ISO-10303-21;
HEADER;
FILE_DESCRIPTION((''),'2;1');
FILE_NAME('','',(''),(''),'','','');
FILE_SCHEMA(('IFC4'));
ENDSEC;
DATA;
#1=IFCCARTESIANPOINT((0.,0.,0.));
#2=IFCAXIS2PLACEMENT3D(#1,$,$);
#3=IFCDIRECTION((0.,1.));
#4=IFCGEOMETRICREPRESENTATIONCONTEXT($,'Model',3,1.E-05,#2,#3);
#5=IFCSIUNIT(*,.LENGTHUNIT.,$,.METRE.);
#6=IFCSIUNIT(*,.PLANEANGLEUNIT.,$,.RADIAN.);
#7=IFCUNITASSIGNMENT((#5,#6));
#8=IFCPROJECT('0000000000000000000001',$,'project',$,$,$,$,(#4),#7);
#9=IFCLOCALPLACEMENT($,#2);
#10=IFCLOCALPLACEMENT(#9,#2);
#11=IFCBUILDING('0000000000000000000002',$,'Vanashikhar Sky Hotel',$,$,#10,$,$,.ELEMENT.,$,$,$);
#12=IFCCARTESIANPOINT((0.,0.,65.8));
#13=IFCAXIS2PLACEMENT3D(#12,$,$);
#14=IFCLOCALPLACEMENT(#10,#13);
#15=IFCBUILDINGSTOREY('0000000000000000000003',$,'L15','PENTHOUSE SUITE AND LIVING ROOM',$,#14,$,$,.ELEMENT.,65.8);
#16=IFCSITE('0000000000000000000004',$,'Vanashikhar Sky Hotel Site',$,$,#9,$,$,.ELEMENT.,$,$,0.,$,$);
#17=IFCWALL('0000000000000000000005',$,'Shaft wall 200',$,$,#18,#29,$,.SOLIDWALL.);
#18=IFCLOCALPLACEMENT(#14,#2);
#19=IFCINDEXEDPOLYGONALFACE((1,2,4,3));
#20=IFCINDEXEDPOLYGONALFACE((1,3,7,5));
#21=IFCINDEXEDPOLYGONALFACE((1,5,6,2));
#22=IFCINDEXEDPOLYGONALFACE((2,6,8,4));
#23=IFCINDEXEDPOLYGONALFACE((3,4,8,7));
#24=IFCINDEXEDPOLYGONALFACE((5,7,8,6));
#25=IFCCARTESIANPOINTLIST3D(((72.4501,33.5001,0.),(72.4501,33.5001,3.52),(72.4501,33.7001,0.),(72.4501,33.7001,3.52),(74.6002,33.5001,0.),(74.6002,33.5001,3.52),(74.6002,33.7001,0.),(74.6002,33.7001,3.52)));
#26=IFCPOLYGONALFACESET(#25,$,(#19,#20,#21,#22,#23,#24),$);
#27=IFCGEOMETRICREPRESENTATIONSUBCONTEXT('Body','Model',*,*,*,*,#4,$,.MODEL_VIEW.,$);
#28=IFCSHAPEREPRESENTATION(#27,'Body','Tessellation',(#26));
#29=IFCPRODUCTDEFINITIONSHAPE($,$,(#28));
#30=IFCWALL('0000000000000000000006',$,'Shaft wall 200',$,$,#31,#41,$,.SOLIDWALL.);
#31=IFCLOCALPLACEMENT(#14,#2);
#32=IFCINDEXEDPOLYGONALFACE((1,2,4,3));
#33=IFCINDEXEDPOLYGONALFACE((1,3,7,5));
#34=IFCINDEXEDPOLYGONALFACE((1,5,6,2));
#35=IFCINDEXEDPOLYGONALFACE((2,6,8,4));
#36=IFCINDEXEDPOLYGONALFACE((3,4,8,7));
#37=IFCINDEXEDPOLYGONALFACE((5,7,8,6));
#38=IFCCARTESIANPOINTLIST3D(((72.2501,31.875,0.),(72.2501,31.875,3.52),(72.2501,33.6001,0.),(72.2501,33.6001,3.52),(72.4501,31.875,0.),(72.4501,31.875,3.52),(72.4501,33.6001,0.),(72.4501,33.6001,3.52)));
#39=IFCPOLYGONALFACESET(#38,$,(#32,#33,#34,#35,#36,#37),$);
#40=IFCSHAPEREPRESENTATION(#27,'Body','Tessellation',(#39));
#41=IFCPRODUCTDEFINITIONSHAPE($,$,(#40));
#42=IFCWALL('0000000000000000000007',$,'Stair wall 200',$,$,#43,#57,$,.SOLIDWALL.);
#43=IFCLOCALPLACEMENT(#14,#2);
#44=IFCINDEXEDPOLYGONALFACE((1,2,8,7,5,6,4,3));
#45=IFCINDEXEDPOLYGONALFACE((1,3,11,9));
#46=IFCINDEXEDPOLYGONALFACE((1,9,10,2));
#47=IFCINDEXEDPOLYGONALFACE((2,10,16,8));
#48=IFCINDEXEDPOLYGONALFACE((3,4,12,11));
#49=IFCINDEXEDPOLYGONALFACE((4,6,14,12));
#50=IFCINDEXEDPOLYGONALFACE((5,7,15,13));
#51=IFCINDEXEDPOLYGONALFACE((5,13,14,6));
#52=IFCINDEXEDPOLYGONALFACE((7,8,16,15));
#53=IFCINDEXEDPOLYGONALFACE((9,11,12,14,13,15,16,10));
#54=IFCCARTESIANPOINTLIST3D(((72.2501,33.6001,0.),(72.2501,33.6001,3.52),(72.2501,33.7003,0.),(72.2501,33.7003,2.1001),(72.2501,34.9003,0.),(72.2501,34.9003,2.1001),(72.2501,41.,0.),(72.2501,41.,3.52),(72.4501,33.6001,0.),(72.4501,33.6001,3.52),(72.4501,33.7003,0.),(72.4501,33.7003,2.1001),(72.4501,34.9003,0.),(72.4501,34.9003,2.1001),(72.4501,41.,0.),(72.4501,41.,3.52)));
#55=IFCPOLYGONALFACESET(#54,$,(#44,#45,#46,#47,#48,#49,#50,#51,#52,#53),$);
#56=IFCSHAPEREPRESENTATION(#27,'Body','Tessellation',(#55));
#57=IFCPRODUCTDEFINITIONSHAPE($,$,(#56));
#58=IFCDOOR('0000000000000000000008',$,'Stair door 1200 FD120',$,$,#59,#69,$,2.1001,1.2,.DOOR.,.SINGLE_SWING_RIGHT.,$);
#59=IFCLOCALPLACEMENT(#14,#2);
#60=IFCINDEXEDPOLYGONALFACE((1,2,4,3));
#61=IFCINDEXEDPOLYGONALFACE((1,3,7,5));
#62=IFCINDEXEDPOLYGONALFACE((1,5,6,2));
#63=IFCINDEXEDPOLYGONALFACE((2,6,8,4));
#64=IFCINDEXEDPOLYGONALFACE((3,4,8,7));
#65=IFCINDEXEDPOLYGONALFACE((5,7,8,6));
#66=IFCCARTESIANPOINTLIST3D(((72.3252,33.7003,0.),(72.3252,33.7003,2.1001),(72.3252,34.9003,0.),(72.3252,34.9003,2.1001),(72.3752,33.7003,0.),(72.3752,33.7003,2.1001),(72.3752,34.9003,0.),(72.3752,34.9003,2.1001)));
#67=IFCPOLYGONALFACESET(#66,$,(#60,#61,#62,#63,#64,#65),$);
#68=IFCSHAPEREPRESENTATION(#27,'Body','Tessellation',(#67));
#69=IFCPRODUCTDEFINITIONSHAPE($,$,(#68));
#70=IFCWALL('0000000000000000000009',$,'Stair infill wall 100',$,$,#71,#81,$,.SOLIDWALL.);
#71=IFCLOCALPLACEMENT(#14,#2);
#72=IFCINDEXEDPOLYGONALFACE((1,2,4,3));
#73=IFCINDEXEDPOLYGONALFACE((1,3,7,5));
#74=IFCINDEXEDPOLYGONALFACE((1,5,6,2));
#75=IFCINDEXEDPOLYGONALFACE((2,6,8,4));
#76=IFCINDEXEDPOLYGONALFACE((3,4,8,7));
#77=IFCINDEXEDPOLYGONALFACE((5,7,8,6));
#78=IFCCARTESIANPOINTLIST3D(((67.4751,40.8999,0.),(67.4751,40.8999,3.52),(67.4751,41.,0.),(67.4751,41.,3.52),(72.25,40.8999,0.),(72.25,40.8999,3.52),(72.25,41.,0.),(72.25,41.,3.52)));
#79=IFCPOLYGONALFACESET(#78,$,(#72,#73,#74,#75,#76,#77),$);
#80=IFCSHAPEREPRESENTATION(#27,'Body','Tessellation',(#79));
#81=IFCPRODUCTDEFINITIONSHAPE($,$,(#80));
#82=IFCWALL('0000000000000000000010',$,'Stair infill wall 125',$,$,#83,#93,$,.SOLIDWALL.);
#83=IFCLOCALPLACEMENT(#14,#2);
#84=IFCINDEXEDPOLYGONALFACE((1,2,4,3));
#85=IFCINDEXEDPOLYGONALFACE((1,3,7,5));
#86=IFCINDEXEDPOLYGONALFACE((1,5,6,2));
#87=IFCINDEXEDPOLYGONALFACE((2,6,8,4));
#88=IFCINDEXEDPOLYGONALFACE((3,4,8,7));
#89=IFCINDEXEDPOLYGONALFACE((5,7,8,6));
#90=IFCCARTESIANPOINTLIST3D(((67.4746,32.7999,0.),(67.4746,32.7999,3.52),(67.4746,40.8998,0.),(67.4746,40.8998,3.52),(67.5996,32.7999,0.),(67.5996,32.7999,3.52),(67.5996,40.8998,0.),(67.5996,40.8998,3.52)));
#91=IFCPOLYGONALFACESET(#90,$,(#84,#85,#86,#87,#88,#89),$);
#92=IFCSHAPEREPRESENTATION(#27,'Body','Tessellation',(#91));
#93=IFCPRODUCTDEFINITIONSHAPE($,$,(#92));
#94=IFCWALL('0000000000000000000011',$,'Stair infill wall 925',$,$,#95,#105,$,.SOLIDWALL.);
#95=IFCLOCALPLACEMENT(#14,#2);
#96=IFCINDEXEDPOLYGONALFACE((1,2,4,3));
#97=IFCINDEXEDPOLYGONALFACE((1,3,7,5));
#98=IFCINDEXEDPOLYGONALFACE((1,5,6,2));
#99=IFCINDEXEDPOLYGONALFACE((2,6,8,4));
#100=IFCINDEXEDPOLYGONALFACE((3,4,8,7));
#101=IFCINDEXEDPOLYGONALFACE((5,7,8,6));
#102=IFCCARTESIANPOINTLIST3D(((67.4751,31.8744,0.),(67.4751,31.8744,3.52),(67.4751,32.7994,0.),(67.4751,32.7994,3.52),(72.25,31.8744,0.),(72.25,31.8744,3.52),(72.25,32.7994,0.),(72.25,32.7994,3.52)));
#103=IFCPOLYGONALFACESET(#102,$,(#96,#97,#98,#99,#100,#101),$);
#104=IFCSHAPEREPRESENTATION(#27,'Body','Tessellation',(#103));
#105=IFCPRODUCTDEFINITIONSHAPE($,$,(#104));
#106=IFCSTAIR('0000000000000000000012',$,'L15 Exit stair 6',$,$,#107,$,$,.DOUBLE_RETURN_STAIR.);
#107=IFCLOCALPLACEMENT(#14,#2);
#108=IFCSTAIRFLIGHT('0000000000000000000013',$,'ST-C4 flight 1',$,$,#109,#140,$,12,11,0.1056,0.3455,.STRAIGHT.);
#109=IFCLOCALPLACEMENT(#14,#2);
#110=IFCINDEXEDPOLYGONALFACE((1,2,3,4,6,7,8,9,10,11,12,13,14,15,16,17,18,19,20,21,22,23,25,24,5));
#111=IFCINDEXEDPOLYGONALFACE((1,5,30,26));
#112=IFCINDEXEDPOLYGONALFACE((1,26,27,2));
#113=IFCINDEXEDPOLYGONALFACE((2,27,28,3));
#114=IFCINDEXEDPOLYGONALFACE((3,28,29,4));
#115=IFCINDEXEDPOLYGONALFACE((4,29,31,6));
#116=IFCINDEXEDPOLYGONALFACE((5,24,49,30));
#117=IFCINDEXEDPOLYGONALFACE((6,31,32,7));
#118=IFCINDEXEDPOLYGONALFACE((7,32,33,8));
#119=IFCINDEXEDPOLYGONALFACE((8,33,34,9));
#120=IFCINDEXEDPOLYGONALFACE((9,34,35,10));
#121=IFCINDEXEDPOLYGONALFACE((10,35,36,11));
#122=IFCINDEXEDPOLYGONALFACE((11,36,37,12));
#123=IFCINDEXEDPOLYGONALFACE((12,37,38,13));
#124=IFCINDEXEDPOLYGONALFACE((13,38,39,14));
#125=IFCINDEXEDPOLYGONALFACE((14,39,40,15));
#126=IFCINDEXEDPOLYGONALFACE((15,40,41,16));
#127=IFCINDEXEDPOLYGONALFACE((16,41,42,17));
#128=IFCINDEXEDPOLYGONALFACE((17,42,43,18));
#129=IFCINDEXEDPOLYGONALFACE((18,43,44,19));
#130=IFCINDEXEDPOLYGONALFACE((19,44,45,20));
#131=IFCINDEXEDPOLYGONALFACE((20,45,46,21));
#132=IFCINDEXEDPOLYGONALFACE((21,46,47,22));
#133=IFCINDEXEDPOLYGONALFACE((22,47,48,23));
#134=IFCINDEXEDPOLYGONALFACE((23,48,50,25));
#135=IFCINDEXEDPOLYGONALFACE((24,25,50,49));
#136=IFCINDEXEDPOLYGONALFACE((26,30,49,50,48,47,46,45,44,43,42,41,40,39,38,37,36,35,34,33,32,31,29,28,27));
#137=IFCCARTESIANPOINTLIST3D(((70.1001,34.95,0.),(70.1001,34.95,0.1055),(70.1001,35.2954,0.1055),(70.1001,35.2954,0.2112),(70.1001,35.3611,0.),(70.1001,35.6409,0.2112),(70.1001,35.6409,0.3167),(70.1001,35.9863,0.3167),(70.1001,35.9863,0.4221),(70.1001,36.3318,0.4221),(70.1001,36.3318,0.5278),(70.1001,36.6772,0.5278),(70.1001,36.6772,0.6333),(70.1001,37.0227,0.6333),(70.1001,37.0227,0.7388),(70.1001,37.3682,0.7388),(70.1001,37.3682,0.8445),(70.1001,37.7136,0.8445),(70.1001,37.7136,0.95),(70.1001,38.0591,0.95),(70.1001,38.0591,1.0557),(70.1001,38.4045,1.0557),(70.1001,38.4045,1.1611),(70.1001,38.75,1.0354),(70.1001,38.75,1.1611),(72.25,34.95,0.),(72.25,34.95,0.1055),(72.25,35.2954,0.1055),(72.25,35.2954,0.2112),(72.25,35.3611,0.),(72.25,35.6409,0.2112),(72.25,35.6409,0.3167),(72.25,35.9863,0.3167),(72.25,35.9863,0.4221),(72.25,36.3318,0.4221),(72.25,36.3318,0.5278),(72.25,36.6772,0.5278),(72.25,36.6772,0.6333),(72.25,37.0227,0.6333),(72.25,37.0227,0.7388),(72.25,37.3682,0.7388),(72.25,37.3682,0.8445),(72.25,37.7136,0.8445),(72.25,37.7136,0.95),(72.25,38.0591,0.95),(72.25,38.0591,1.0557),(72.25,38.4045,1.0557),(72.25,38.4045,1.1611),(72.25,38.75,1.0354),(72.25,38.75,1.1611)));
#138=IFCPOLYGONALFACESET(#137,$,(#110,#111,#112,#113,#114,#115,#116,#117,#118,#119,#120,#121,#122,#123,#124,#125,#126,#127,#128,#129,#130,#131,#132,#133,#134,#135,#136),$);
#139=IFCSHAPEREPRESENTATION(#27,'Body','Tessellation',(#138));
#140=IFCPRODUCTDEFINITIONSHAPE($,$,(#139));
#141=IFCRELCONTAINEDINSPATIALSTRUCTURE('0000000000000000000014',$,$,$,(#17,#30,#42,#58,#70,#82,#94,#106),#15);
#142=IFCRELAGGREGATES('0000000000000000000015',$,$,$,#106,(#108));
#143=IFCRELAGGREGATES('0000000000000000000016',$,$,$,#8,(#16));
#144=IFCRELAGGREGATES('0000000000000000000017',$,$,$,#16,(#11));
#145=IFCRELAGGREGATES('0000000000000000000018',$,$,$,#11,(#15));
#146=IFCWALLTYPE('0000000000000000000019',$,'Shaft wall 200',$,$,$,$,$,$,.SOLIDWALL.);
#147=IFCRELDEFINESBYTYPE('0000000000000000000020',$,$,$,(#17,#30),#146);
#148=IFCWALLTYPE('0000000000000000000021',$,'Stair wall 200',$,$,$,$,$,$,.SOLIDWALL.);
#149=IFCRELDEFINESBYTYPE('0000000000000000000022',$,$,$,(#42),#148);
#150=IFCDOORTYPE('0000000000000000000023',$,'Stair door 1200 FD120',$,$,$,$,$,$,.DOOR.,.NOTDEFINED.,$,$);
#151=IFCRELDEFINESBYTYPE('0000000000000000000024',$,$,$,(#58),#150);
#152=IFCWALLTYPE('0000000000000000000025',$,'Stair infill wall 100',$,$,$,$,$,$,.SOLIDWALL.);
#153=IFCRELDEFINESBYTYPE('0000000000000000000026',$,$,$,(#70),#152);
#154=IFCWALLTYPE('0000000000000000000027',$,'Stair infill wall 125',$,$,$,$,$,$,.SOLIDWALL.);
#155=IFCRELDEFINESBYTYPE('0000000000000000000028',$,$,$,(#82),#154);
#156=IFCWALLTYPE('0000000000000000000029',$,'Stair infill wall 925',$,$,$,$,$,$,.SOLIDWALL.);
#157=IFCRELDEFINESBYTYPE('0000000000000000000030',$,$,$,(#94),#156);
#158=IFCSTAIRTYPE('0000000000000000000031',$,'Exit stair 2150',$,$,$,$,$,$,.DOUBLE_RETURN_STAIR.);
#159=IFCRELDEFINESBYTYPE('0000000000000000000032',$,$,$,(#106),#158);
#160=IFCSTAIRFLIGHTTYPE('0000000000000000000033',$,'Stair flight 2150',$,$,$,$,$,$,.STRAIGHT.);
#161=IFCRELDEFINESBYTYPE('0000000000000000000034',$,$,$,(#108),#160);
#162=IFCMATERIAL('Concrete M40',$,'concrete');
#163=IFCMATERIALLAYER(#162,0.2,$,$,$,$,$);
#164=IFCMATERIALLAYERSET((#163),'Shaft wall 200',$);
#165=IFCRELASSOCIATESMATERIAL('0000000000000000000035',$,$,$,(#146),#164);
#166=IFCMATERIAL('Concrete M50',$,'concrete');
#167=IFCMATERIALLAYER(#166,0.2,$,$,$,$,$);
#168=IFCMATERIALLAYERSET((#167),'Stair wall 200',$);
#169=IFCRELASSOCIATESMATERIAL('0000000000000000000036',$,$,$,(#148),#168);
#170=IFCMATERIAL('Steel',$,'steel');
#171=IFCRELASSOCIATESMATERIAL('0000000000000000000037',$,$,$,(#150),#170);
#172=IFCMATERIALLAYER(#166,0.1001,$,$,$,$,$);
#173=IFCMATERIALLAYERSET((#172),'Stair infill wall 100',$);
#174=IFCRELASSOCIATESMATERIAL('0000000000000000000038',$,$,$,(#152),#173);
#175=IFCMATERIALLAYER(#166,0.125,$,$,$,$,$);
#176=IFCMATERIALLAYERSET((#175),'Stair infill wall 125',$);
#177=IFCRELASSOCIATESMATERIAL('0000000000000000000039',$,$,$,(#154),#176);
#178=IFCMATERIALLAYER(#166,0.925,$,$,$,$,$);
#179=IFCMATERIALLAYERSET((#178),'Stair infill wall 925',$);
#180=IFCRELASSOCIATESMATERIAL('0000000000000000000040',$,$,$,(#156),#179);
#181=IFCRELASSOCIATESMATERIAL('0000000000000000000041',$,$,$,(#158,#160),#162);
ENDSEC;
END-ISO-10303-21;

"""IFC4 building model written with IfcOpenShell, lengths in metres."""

from ifc_helpers import new_model, si_unit, direction, frame, frame_2d, origin, place, context, subcontext, project, spatial, polyline, rectangle, outline, extrude, source, transform, mapped, material, layer, layer_set, type_object, element, fill, aggregate, save


model = new_model("IFC4")

# Units and contexts
model_context = context("Model", 3, precision=1e-05, world=origin(), true_north=direction((0.0, 1.0)))
body_context = subcontext(model_context, "Body", "Model", "MODEL_VIEW")
ifc_project = project(units=[si_unit("LENGTHUNIT", "METRE"), si_unit("PLANEANGLEUNIT", "RADIAN")], contexts=[model_context])

# Site, building, storey
site_placement = place(None, origin())
site = spatial("IfcSite", under=ifc_project, at=site_placement, Name="Vanashikhar Sky Hotel Site", CompositionType="ELEMENT", RefElevation=0.0)
building_placement = place(site_placement, origin())
building = spatial("IfcBuilding", under=site, at=building_placement, Name="Vanashikhar Sky Hotel", CompositionType="ELEMENT")
storey_placement = place(building_placement, frame((0.0, 0.0, 65.8)))
storey = spatial("IfcBuildingStorey", under=building, at=storey_placement, Name="L15", Description="PENTHOUSE SUITE AND LIVING ROOM", CompositionType="ELEMENT", Elevation=65.8)

# Walls
ifc_material_1 = material(Name="Concrete M40", Category="concrete")
ifc_layer_1 = layer(ifc_material_1, 0.2)
ifc_layer_set_1 = layer_set([ifc_layer_1], Name="Shaft wall 200")
wall_type_1 = type_object("IfcWallType", Name="Shaft wall 200", PredefinedType="SOLIDWALL", material=ifc_layer_set_1)
shared_shape_1 = source(origin(), body_context, "Body", "SweptSolid", [
    extrude(rectangle(XDim=2.1501, YDim=0.2, at=frame_2d((1.0752, 0.0))), origin(), (0.0, 0.0, 1.0), 3.52),
])
wall_1_placement = place(storey_placement, frame((72.45, 33.6001, 0.0), z_axis=(0.0, 0.0, 1.0), x_axis=(1.0, 0.0, 0.0)))
element("IfcWall", 1, at=wall_1_placement, inside=storey, type_object=wall_type_1, Name="Shaft wall 200", PredefinedType="SOLIDWALL", context=body_context, shape_type="MappedRepresentation", body=[
    mapped(shared_shape_1, transform((0.0, 0.0, 0.0), scale=1.0)),
])
shared_shape_2 = source(origin(), body_context, "Body", "SweptSolid", [
    extrude(rectangle(XDim=1.7251, YDim=0.2, at=frame_2d((0.8625, 0.0))), origin(), (0.0, 0.0, 1.0), 3.52),
])
wall_2_placement = place(storey_placement, frame((72.3501, 31.875, 0.0), z_axis=(0.0, 0.0, 1.0), x_axis=(0.0, 1.0, 0.0)))
element("IfcWall", 2, at=wall_2_placement, inside=storey, type_object=wall_type_1, Name="Shaft wall 200", PredefinedType="SOLIDWALL", context=body_context, shape_type="MappedRepresentation", body=[
    mapped(shared_shape_2, transform((0.0, 0.0, 0.0), scale=1.0)),
])

# Wall, opening, door
ifc_material_2 = material(Name="Concrete M50", Category="concrete")
ifc_layer_2 = layer(ifc_material_2, 0.2)
ifc_layer_set_2 = layer_set([ifc_layer_2], Name="Stair wall 200")
wall_type_2 = type_object("IfcWallType", Name="Stair wall 200", PredefinedType="SOLIDWALL", material=ifc_layer_set_2)
shared_shape_3 = source(origin(), body_context, "Body", "SweptSolid", [
    extrude(rectangle(XDim=7.3999, YDim=0.2, at=frame_2d((3.7, 0.0))), origin(), (0.0, 0.0, 1.0), 3.52),
])
wall_3_placement = place(storey_placement, frame((72.3501, 33.6001, 0.0), z_axis=(0.0, 0.0, 1.0), x_axis=(0.0, 1.0, 0.0)))
wall_3 = element("IfcWall", 3, at=wall_3_placement, inside=storey, type_object=wall_type_2, Name="Stair wall 200", PredefinedType="SOLIDWALL", context=body_context, shape_type="MappedRepresentation", body=[
    mapped(shared_shape_3, transform((0.0, 0.0, 0.0), scale=1.0)),
])
shared_shape_4 = source(origin(), body_context, "Body", "SweptSolid", [
    extrude(rectangle(XDim=1.2, YDim=2.1001, at=frame_2d((0.6001, 1.05))), frame((0.0, 0.1099, 0.0), z_axis=(0.0, -1.0, 0.0), x_axis=(1.0, 0.0, 0.0)), (0.0, 0.0, 1.0), 0.22),
])
opening_placement = place(wall_3_placement, frame((0.1001, 0.0, 0.0)))
opening = element("IfcOpeningElement", 4, at=opening_placement, cuts=wall_3, PredefinedType="OPENING", context=body_context, shape_type="MappedRepresentation", body=[
    mapped(shared_shape_4, transform((0.0, 0.0, 0.0), scale=1.0)),
])
ifc_material_3 = material(Name="Steel", Category="steel")
door_type = type_object("IfcDoorType", Name="Stair door 1200 FD120", OperationType="NOTDEFINED", PredefinedType="DOOR", material=ifc_material_3)
shared_shape_5 = source(origin(), body_context, "Body", "SweptSolid", [
    extrude(rectangle(XDim=1.2, YDim=2.1001, at=frame_2d((0.6001, 1.05))), frame((0.0, 0.0249, 0.0), z_axis=(0.0, -1.0, 0.0), x_axis=(1.0, 0.0, 0.0)), (0.0, 0.0, 1.0), 0.05),
])
door_placement = place(opening_placement, origin())
door = element("IfcDoor", 5, at=door_placement, inside=storey, type_object=door_type, Name="Stair door 1200 FD120", OperationType="SINGLE_SWING_RIGHT", OverallHeight=2.1001, OverallWidth=1.2, PredefinedType="DOOR", context=body_context, shape_type="MappedRepresentation", body=[
    mapped(shared_shape_5, transform((0.0, 0.0, 0.0), scale=1.0)),
])
fill(opening, door)

# Walls
ifc_layer_3 = layer(ifc_material_2, 0.1001)
ifc_layer_set_3 = layer_set([ifc_layer_3], Name="Stair infill wall 100")
wall_type_3 = type_object("IfcWallType", Name="Stair infill wall 100", PredefinedType="SOLIDWALL", material=ifc_layer_set_3)
shared_shape_6 = source(origin(), body_context, "Body", "SweptSolid", [
    extrude(rectangle(XDim=4.7749, YDim=0.1001, at=frame_2d((2.3875, 0.0))), origin(), (0.0, 0.0, 1.0), 3.52),
])
wall_4_placement = place(storey_placement, frame((67.4751, 40.95, 0.0), z_axis=(0.0, 0.0, 1.0), x_axis=(1.0, 0.0, 0.0)))
element("IfcWall", 6, at=wall_4_placement, inside=storey, type_object=wall_type_3, Name="Stair infill wall 100", PredefinedType="SOLIDWALL", context=body_context, shape_type="MappedRepresentation", body=[
    mapped(shared_shape_6, transform((0.0, 0.0, 0.0), scale=1.0)),
])
ifc_layer_4 = layer(ifc_material_2, 0.125)
ifc_layer_set_4 = layer_set([ifc_layer_4], Name="Stair infill wall 125")
wall_type_4 = type_object("IfcWallType", Name="Stair infill wall 125", PredefinedType="SOLIDWALL", material=ifc_layer_set_4)
shared_shape_7 = source(origin(), body_context, "Body", "SweptSolid", [
    extrude(rectangle(XDim=8.0999, YDim=0.125, at=frame_2d((4.0498, 0.0))), origin(), (0.0, 0.0, 1.0), 3.52),
])
wall_5_placement = place(storey_placement, frame((67.5371, 32.8, 0.0), z_axis=(0.0, 0.0, 1.0), x_axis=(0.0, 1.0, 0.0)))
element("IfcWall", 7, at=wall_5_placement, inside=storey, type_object=wall_type_4, Name="Stair infill wall 125", PredefinedType="SOLIDWALL", context=body_context, shape_type="MappedRepresentation", body=[
    mapped(shared_shape_7, transform((0.0, 0.0, 0.0), scale=1.0)),
])
ifc_layer_5 = layer(ifc_material_2, 0.925)
ifc_layer_set_5 = layer_set([ifc_layer_5], Name="Stair infill wall 925")
wall_type_5 = type_object("IfcWallType", Name="Stair infill wall 925", PredefinedType="SOLIDWALL", material=ifc_layer_set_5)
shared_shape_8 = source(origin(), body_context, "Body", "SweptSolid", [
    extrude(rectangle(XDim=4.7749, YDim=0.925, at=frame_2d((2.3875, 0.0))), origin(), (0.0, 0.0, 1.0), 3.52),
])
wall_6_placement = place(storey_placement, frame((67.4751, 32.3369, 0.0), z_axis=(0.0, 0.0, 1.0), x_axis=(1.0, 0.0, 0.0)))
element("IfcWall", 8, at=wall_6_placement, inside=storey, type_object=wall_type_5, Name="Stair infill wall 925", PredefinedType="SOLIDWALL", context=body_context, shape_type="MappedRepresentation", body=[
    mapped(shared_shape_8, transform((0.0, 0.0, 0.0), scale=1.0)),
])

# Stair, stair flight
stair_type = type_object("IfcStairType", Name="Exit stair 2150", PredefinedType="DOUBLE_RETURN_STAIR", material=ifc_material_1)
stair_placement = place(storey_placement, origin())
stair = element("IfcStair", 9, at=stair_placement, inside=storey, type_object=stair_type, Name="L15 Exit stair 6", PredefinedType="DOUBLE_RETURN_STAIR")
stair_flight_type = type_object("IfcStairFlightType", Name="Stair flight 2150", PredefinedType="STRAIGHT", material=ifc_material_1)
shared_shape_9 = source(origin(), body_context, "Body", "SweptSolid", [
    extrude(outline(polyline([(0.0, 0.0), (0.0, 0.1055), (0.3455, 0.1055), (0.3455, 0.2112), (0.6909, 0.2112), (0.6909, 0.3167), (1.0364, 0.3167), (1.0364, 0.4221), (1.3818, 0.4221), (1.3818, 0.5278), (1.7273, 0.5278), (1.7273, 0.6333), (2.0728, 0.6333), (2.0728, 0.7388), (2.4182, 0.7388), (2.4182, 0.8445), (2.7637, 0.8445), (2.7637, 0.95), (3.1091, 0.95), (3.1091, 1.0557), (3.4546, 1.0557), (3.4546, 1.1611), (3.8, 1.1611), (3.8, 1.2666), (3.8, 1.0354), (0.4111, 0.0), (0.0, 0.0)])), frame((0.0, 1.075, 0.0), z_axis=(0.0, -1.0, 0.0), x_axis=(1.0, 0.0, 0.0)), (0.0, 0.0, 1.0), 2.1499),
])
stair_flight_1_placement = place(storey_placement, frame((71.175, 34.95, 0.0), z_axis=(0.0, 0.0, 1.0), x_axis=(0.0, 1.0, 0.0)))
stair_flight_1 = element("IfcStairFlight", 10, at=stair_flight_1_placement, type_object=stair_flight_type, Name="ST-C4 flight 1", NumberOfRisers=12, NumberOfTreads=11, PredefinedType="STRAIGHT", RiserHeight=0.1056, TreadLength=0.3455, context=body_context, shape_type="MappedRepresentation", body=[
    mapped(shared_shape_9, transform((0.0, 0.0, 0.0), scale=1.0)),
])
aggregate(stair, [stair_flight_1])

save(model, "model.ifc")
